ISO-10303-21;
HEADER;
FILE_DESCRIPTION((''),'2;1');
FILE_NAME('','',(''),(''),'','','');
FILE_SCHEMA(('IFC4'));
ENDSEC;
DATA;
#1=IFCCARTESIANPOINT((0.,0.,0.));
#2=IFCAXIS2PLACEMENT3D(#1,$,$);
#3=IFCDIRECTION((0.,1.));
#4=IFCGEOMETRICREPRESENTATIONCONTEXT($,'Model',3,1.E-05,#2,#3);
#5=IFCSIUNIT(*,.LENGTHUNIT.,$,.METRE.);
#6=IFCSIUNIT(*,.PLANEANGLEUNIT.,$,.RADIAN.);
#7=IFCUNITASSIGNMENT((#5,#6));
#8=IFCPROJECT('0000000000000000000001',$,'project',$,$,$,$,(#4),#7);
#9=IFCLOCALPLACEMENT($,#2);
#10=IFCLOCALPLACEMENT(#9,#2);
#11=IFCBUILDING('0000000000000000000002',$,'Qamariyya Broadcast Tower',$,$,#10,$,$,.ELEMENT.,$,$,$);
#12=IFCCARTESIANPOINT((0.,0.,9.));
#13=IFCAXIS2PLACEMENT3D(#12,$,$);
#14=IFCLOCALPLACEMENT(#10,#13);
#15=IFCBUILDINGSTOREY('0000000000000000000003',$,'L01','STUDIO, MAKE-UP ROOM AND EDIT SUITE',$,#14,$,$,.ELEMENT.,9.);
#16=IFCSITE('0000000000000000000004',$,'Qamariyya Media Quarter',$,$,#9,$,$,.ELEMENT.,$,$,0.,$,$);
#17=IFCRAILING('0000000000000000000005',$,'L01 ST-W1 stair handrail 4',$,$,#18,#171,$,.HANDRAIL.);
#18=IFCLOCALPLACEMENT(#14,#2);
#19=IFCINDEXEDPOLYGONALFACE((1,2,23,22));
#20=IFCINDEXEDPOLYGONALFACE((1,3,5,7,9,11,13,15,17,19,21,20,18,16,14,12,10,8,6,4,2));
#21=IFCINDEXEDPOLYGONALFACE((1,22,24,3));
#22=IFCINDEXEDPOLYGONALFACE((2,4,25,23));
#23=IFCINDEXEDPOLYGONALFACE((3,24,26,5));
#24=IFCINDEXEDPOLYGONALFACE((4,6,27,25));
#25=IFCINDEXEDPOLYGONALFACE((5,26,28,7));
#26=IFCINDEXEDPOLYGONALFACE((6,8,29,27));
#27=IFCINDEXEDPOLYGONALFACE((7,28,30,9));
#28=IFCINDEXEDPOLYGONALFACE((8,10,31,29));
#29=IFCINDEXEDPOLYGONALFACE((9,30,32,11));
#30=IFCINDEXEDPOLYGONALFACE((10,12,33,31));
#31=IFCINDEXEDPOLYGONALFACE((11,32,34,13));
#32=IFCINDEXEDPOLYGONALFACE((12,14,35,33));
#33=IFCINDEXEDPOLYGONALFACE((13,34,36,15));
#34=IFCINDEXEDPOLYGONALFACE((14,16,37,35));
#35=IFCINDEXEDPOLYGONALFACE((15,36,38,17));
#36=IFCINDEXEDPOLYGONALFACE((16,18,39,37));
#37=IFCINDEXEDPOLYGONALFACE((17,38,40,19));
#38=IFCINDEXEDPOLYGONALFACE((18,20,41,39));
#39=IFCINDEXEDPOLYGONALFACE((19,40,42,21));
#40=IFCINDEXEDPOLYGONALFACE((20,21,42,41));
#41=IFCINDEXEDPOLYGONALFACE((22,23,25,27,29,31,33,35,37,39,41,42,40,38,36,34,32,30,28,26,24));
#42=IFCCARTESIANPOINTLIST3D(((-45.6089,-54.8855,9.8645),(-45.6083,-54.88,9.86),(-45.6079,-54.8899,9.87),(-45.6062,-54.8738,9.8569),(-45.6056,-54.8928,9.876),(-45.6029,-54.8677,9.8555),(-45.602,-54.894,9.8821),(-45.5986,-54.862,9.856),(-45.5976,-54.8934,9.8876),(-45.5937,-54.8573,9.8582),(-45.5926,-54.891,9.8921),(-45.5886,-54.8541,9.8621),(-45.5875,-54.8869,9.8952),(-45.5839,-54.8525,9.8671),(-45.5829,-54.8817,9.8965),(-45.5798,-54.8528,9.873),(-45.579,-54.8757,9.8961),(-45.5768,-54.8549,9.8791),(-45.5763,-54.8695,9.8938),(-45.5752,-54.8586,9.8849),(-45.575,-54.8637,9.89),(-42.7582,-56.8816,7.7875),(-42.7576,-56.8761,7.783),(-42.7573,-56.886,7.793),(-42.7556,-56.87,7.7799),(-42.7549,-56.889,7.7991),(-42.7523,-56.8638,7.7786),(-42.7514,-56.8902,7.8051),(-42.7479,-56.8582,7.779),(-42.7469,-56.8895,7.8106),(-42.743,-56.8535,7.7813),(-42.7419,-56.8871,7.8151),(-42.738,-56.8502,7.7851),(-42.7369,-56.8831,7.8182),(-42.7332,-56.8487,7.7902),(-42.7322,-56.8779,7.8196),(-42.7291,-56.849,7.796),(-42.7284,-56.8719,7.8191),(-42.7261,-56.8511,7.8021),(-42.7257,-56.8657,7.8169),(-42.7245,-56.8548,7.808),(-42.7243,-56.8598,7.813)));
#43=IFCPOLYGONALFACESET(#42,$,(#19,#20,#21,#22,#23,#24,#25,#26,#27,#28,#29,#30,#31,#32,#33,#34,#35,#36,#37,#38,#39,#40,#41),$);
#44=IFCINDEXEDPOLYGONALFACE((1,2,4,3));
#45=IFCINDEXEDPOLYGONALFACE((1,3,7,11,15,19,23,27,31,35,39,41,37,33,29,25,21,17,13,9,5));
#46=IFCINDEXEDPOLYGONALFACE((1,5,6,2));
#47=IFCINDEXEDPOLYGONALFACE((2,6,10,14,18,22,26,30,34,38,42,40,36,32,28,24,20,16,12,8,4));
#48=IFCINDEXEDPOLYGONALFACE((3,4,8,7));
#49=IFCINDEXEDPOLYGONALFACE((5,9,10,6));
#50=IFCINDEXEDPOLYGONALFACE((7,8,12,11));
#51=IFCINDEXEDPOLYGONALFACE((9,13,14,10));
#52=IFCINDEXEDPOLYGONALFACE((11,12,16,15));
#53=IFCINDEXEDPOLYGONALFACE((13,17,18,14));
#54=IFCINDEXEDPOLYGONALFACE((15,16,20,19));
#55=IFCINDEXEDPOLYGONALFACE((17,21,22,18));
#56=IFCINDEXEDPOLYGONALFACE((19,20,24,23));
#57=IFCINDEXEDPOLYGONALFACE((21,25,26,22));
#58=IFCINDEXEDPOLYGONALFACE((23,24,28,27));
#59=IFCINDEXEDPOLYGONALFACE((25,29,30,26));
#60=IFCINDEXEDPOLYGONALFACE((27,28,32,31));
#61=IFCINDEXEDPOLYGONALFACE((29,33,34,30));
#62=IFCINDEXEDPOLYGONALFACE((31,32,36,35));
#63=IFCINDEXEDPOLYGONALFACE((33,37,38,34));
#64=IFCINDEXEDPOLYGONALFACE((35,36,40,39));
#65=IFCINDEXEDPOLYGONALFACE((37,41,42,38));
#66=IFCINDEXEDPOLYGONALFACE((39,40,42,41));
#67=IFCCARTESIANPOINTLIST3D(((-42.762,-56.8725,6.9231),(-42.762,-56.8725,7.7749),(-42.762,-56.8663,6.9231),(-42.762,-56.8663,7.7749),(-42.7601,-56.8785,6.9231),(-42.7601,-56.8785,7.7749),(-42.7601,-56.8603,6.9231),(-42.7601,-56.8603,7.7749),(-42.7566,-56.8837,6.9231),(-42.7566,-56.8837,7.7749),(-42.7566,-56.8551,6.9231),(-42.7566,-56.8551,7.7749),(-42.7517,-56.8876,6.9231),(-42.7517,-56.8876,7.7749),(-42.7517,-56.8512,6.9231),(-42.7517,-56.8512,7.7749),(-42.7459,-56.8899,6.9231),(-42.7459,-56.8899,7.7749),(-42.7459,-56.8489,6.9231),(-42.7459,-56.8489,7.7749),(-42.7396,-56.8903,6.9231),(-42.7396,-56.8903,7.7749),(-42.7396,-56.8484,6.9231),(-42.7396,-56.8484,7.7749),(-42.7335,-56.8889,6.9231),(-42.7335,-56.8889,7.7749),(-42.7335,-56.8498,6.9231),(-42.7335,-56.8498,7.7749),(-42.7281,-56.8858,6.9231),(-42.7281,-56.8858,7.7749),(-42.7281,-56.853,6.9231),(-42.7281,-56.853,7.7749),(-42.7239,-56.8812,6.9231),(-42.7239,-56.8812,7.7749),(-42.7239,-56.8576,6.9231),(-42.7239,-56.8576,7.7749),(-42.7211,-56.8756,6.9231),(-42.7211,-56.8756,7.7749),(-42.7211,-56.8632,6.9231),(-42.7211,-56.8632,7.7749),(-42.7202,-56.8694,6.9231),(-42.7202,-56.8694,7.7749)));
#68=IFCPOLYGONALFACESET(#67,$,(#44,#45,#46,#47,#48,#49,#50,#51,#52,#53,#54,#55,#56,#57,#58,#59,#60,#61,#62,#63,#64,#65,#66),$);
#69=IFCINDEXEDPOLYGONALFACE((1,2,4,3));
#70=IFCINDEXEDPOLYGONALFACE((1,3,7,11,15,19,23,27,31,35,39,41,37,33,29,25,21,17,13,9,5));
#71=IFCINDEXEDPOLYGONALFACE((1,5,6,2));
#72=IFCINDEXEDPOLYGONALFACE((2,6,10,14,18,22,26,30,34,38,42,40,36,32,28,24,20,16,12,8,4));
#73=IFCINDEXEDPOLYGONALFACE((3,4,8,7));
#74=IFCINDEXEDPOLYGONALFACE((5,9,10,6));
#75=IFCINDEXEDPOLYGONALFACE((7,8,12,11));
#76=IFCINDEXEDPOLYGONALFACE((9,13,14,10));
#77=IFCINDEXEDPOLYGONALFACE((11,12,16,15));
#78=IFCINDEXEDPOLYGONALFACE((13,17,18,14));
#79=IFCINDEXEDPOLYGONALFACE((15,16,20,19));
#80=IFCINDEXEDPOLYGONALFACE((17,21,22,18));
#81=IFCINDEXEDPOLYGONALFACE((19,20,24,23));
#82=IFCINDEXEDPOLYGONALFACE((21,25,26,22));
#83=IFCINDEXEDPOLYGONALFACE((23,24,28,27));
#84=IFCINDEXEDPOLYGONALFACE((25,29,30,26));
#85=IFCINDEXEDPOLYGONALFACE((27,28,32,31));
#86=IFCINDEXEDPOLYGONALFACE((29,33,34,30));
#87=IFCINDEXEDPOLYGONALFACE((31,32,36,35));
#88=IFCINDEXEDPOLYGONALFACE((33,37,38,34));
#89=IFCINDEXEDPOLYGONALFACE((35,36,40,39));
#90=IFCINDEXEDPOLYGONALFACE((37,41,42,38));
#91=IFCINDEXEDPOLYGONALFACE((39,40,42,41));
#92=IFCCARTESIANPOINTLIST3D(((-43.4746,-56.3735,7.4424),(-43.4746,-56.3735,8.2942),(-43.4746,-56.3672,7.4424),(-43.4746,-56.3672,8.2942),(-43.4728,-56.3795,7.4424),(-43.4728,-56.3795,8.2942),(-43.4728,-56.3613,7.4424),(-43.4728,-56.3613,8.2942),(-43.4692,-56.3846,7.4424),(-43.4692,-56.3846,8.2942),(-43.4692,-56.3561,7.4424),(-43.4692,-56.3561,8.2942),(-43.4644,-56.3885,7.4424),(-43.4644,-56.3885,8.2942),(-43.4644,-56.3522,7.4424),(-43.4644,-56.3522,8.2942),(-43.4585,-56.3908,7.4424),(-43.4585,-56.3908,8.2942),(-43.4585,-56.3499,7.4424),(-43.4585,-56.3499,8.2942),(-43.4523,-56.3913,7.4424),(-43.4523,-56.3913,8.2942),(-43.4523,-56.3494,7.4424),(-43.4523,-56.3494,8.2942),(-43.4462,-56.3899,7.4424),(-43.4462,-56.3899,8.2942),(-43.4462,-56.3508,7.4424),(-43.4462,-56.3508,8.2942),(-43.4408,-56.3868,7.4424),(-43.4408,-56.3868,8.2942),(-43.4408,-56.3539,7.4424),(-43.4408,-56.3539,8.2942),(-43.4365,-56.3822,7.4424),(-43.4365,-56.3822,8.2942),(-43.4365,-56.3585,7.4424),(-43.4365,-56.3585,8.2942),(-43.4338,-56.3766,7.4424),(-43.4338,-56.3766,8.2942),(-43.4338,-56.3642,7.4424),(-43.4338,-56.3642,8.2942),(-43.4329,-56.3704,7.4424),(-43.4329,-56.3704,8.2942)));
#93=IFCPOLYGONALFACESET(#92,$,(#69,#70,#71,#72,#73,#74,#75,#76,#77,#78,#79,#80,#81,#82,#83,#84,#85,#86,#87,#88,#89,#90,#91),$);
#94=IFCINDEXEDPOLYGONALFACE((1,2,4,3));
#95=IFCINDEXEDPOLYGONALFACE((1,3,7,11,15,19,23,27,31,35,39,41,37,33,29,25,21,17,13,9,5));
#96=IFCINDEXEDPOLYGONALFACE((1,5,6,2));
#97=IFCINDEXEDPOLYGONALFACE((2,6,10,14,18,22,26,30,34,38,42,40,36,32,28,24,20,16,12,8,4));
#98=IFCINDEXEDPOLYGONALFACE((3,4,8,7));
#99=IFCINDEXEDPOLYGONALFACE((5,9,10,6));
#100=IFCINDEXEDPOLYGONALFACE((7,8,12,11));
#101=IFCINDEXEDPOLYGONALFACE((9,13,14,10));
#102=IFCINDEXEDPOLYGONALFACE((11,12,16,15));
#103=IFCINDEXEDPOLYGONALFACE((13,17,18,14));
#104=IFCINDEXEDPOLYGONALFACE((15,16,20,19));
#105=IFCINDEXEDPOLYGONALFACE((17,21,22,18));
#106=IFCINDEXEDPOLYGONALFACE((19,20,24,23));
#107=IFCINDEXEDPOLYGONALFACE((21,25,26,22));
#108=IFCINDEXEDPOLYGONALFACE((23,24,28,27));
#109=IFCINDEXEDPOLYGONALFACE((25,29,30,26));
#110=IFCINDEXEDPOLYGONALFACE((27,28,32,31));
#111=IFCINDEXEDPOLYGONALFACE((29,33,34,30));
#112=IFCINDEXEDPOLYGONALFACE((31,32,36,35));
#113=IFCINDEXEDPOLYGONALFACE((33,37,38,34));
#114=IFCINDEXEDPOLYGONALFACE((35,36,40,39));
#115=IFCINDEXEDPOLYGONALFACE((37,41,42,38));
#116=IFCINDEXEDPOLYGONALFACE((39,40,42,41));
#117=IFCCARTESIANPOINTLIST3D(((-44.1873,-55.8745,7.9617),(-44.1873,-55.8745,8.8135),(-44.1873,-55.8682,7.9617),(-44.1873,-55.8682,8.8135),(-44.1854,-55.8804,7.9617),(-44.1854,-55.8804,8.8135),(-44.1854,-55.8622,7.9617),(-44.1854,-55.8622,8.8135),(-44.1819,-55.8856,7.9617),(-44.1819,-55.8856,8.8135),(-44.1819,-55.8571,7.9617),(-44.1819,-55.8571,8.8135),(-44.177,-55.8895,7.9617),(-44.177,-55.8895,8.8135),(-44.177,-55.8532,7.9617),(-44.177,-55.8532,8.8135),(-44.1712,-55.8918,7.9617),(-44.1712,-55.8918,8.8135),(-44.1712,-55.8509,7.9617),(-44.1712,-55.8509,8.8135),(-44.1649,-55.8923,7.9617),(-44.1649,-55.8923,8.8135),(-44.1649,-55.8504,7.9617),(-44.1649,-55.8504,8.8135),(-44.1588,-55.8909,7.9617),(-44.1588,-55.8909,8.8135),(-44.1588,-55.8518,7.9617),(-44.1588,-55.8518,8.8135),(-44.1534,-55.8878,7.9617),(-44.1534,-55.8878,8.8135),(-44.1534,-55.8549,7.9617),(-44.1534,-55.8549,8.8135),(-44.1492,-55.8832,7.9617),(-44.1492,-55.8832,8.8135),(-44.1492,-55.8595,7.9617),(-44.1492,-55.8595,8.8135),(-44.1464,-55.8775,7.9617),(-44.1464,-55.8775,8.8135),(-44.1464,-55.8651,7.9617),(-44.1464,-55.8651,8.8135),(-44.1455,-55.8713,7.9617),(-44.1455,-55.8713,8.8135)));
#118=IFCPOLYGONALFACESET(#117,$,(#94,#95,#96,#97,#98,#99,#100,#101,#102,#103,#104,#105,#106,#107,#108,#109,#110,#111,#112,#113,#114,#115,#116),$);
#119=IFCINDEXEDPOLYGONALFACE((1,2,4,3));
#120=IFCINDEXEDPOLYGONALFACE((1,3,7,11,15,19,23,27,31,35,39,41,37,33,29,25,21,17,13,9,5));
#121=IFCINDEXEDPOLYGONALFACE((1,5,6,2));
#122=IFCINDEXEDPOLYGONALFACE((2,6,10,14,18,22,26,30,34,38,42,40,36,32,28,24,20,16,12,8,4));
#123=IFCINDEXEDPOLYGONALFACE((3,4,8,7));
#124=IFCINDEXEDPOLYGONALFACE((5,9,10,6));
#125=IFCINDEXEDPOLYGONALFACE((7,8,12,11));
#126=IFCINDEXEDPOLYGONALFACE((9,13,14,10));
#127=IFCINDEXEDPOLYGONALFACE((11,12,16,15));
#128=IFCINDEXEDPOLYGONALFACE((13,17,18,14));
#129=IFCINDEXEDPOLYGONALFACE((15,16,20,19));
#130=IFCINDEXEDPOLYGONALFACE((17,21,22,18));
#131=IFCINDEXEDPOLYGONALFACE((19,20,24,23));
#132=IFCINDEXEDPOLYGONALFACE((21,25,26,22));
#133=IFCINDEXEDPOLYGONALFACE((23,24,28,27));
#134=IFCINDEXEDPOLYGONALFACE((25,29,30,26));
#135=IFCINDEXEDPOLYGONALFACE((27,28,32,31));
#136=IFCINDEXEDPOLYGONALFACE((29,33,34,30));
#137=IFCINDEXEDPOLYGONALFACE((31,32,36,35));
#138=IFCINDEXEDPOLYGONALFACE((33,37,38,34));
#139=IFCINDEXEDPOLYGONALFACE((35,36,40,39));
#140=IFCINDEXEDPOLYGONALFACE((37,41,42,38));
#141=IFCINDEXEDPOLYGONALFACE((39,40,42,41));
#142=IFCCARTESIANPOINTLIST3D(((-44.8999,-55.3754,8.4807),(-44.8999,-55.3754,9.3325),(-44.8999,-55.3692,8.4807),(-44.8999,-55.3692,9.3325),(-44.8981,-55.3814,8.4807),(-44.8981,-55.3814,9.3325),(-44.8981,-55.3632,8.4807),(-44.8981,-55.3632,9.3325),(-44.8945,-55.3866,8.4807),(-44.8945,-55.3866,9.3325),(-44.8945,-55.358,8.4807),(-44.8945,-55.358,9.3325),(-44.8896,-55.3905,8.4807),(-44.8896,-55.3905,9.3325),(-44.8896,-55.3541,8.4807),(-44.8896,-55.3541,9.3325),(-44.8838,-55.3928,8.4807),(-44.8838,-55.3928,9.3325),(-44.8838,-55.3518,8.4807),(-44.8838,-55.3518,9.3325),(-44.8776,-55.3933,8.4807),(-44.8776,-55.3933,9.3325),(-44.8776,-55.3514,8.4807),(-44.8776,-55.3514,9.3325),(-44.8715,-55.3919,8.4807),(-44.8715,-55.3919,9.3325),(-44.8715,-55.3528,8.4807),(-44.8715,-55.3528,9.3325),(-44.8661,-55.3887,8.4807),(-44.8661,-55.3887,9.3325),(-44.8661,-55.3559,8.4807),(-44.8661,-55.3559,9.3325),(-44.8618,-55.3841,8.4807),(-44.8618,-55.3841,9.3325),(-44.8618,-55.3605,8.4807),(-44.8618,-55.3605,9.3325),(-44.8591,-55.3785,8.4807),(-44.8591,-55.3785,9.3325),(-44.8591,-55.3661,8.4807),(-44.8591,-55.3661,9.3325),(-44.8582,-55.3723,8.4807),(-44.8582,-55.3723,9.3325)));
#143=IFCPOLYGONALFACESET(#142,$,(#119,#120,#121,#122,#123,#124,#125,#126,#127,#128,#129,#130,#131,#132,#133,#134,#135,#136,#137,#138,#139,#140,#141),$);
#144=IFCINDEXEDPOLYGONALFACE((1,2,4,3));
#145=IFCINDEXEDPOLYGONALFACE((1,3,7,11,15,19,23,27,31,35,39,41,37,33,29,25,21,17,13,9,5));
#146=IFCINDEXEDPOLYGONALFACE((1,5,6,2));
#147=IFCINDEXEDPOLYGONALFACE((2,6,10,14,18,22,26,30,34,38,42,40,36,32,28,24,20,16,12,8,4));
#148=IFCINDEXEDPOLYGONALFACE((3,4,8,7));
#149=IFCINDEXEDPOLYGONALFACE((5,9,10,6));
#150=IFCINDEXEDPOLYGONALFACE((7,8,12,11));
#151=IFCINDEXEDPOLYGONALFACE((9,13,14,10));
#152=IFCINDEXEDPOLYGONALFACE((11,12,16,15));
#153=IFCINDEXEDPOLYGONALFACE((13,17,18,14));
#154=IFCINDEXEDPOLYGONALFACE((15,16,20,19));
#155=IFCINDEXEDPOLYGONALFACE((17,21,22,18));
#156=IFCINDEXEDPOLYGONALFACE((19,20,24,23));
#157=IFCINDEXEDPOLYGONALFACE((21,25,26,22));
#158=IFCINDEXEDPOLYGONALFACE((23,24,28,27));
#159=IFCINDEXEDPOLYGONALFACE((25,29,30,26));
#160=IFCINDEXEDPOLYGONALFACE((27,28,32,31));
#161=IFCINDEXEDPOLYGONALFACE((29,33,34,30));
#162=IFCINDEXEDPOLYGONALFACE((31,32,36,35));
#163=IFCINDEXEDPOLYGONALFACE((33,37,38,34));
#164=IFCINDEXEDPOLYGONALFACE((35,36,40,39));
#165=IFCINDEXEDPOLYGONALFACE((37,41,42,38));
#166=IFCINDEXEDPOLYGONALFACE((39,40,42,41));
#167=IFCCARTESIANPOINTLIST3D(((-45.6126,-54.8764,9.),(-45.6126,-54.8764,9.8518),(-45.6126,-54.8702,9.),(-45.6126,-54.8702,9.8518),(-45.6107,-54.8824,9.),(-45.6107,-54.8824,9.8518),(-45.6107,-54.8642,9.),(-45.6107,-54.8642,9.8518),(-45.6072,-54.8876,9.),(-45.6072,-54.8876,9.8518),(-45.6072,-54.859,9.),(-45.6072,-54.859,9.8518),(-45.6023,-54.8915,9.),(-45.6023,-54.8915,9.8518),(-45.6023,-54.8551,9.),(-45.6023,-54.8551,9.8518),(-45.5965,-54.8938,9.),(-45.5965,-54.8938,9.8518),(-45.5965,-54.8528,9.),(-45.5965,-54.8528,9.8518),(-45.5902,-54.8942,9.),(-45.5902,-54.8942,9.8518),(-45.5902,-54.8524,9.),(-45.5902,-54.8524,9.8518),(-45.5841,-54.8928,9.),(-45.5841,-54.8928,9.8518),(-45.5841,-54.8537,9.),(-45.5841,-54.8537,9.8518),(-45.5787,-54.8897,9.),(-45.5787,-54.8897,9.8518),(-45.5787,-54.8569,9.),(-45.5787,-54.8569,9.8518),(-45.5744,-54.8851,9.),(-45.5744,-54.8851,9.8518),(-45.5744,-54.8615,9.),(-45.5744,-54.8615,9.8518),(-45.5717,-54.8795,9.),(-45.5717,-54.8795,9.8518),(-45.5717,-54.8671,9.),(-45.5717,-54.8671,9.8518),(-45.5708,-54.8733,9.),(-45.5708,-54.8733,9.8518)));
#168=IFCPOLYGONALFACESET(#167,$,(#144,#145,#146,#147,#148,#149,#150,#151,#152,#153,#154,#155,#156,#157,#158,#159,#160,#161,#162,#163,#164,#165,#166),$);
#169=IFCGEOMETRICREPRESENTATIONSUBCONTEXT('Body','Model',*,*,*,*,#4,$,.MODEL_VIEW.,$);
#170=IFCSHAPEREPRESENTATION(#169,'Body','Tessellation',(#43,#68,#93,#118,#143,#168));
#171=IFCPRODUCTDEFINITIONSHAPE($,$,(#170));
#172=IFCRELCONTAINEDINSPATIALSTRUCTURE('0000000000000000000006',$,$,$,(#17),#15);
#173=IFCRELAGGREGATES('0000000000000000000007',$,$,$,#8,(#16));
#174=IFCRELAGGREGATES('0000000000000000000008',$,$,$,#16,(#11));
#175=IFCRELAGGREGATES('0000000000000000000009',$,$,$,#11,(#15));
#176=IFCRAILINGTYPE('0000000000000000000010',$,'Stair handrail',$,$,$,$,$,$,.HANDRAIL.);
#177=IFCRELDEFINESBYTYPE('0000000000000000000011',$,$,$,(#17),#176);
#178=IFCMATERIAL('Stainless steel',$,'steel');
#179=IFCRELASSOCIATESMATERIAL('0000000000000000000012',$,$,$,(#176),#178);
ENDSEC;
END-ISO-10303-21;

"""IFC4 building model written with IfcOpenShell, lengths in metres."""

from ifc_helpers import new_model, si_unit, direction, frame, origin, origin_2d, place, context, subcontext, project, spatial, circle, extrude, material, type_object, element, save


model = new_model("IFC4")

# Units and contexts
model_context = context("Model", 3, precision=1e-05, world=origin(), true_north=direction((0.0, 1.0)))
body_context = subcontext(model_context, "Body", "Model", "MODEL_VIEW")
ifc_project = project(units=[si_unit("LENGTHUNIT", "METRE"), si_unit("PLANEANGLEUNIT", "RADIAN")], contexts=[model_context])

# Site, building, storey
site_placement = place(None, origin())
site = spatial("IfcSite", under=ifc_project, at=site_placement, Name="Qamariyya Media Quarter", CompositionType="ELEMENT", RefElevation=0.0)
building_placement = place(site_placement, origin())
building = spatial("IfcBuilding", under=site, at=building_placement, Name="Qamariyya Broadcast Tower", CompositionType="ELEMENT")
storey_placement = place(building_placement, frame((0.0, 0.0, 9.0)))
storey = spatial("IfcBuildingStorey", under=building, at=storey_placement, Name="L01", Description="STUDIO, MAKE-UP ROOM AND EDIT SUITE", CompositionType="ELEMENT", Elevation=9.0)

# Railing
ifc_material_1 = material(Name="Stainless steel", Category="steel")
railing_type_1 = type_object("IfcRailingType", Name="Stair handrail", PredefinedType="HANDRAIL", material=ifc_material_1)
for number, where, name in (
    (1, (-42.7412, -56.8694, 6.9231), "L01 ST-W1 stair handrail 4"),
):
    element("IfcRailing", number, at=place(storey_placement, frame(where)), inside=storey, type_object=railing_type_1, Name=name, PredefinedType="HANDRAIL", context=body_context, shape_type="SweptSolid", body=[
        extrude(circle(Radius=0.0239, at=origin_2d()), frame((0.0, 0.0, 0.876), z_axis=(-0.703393, 0.492544, 0.512484), x_axis=(-0.573594, -0.81914, 0.0)), (0.0, 0.0, 1.0), 4.0527),
        extrude(circle(Radius=0.021, at=origin_2d()), origin(), (0.0, 0.0, 1.0), 0.8518),
        extrude(circle(Radius=0.021, at=origin_2d()), frame((-0.7126, 0.499, 0.5193)), (0.0, 0.0, 1.0), 0.8518),
        extrude(circle(Radius=0.021, at=origin_2d()), frame((-1.4253, 0.998, 1.0386)), (0.0, 0.0, 1.0), 0.8518),
        extrude(circle(Radius=0.021, at=origin_2d()), frame((-2.1379, 1.4971, 1.5576)), (0.0, 0.0, 1.0), 0.8518),
        extrude(circle(Radius=0.021, at=origin_2d()), frame((-2.8506, 1.9961, 2.0769)), (0.0, 0.0, 1.0), 0.8518),
    ])

save(model, "model.ifc")
